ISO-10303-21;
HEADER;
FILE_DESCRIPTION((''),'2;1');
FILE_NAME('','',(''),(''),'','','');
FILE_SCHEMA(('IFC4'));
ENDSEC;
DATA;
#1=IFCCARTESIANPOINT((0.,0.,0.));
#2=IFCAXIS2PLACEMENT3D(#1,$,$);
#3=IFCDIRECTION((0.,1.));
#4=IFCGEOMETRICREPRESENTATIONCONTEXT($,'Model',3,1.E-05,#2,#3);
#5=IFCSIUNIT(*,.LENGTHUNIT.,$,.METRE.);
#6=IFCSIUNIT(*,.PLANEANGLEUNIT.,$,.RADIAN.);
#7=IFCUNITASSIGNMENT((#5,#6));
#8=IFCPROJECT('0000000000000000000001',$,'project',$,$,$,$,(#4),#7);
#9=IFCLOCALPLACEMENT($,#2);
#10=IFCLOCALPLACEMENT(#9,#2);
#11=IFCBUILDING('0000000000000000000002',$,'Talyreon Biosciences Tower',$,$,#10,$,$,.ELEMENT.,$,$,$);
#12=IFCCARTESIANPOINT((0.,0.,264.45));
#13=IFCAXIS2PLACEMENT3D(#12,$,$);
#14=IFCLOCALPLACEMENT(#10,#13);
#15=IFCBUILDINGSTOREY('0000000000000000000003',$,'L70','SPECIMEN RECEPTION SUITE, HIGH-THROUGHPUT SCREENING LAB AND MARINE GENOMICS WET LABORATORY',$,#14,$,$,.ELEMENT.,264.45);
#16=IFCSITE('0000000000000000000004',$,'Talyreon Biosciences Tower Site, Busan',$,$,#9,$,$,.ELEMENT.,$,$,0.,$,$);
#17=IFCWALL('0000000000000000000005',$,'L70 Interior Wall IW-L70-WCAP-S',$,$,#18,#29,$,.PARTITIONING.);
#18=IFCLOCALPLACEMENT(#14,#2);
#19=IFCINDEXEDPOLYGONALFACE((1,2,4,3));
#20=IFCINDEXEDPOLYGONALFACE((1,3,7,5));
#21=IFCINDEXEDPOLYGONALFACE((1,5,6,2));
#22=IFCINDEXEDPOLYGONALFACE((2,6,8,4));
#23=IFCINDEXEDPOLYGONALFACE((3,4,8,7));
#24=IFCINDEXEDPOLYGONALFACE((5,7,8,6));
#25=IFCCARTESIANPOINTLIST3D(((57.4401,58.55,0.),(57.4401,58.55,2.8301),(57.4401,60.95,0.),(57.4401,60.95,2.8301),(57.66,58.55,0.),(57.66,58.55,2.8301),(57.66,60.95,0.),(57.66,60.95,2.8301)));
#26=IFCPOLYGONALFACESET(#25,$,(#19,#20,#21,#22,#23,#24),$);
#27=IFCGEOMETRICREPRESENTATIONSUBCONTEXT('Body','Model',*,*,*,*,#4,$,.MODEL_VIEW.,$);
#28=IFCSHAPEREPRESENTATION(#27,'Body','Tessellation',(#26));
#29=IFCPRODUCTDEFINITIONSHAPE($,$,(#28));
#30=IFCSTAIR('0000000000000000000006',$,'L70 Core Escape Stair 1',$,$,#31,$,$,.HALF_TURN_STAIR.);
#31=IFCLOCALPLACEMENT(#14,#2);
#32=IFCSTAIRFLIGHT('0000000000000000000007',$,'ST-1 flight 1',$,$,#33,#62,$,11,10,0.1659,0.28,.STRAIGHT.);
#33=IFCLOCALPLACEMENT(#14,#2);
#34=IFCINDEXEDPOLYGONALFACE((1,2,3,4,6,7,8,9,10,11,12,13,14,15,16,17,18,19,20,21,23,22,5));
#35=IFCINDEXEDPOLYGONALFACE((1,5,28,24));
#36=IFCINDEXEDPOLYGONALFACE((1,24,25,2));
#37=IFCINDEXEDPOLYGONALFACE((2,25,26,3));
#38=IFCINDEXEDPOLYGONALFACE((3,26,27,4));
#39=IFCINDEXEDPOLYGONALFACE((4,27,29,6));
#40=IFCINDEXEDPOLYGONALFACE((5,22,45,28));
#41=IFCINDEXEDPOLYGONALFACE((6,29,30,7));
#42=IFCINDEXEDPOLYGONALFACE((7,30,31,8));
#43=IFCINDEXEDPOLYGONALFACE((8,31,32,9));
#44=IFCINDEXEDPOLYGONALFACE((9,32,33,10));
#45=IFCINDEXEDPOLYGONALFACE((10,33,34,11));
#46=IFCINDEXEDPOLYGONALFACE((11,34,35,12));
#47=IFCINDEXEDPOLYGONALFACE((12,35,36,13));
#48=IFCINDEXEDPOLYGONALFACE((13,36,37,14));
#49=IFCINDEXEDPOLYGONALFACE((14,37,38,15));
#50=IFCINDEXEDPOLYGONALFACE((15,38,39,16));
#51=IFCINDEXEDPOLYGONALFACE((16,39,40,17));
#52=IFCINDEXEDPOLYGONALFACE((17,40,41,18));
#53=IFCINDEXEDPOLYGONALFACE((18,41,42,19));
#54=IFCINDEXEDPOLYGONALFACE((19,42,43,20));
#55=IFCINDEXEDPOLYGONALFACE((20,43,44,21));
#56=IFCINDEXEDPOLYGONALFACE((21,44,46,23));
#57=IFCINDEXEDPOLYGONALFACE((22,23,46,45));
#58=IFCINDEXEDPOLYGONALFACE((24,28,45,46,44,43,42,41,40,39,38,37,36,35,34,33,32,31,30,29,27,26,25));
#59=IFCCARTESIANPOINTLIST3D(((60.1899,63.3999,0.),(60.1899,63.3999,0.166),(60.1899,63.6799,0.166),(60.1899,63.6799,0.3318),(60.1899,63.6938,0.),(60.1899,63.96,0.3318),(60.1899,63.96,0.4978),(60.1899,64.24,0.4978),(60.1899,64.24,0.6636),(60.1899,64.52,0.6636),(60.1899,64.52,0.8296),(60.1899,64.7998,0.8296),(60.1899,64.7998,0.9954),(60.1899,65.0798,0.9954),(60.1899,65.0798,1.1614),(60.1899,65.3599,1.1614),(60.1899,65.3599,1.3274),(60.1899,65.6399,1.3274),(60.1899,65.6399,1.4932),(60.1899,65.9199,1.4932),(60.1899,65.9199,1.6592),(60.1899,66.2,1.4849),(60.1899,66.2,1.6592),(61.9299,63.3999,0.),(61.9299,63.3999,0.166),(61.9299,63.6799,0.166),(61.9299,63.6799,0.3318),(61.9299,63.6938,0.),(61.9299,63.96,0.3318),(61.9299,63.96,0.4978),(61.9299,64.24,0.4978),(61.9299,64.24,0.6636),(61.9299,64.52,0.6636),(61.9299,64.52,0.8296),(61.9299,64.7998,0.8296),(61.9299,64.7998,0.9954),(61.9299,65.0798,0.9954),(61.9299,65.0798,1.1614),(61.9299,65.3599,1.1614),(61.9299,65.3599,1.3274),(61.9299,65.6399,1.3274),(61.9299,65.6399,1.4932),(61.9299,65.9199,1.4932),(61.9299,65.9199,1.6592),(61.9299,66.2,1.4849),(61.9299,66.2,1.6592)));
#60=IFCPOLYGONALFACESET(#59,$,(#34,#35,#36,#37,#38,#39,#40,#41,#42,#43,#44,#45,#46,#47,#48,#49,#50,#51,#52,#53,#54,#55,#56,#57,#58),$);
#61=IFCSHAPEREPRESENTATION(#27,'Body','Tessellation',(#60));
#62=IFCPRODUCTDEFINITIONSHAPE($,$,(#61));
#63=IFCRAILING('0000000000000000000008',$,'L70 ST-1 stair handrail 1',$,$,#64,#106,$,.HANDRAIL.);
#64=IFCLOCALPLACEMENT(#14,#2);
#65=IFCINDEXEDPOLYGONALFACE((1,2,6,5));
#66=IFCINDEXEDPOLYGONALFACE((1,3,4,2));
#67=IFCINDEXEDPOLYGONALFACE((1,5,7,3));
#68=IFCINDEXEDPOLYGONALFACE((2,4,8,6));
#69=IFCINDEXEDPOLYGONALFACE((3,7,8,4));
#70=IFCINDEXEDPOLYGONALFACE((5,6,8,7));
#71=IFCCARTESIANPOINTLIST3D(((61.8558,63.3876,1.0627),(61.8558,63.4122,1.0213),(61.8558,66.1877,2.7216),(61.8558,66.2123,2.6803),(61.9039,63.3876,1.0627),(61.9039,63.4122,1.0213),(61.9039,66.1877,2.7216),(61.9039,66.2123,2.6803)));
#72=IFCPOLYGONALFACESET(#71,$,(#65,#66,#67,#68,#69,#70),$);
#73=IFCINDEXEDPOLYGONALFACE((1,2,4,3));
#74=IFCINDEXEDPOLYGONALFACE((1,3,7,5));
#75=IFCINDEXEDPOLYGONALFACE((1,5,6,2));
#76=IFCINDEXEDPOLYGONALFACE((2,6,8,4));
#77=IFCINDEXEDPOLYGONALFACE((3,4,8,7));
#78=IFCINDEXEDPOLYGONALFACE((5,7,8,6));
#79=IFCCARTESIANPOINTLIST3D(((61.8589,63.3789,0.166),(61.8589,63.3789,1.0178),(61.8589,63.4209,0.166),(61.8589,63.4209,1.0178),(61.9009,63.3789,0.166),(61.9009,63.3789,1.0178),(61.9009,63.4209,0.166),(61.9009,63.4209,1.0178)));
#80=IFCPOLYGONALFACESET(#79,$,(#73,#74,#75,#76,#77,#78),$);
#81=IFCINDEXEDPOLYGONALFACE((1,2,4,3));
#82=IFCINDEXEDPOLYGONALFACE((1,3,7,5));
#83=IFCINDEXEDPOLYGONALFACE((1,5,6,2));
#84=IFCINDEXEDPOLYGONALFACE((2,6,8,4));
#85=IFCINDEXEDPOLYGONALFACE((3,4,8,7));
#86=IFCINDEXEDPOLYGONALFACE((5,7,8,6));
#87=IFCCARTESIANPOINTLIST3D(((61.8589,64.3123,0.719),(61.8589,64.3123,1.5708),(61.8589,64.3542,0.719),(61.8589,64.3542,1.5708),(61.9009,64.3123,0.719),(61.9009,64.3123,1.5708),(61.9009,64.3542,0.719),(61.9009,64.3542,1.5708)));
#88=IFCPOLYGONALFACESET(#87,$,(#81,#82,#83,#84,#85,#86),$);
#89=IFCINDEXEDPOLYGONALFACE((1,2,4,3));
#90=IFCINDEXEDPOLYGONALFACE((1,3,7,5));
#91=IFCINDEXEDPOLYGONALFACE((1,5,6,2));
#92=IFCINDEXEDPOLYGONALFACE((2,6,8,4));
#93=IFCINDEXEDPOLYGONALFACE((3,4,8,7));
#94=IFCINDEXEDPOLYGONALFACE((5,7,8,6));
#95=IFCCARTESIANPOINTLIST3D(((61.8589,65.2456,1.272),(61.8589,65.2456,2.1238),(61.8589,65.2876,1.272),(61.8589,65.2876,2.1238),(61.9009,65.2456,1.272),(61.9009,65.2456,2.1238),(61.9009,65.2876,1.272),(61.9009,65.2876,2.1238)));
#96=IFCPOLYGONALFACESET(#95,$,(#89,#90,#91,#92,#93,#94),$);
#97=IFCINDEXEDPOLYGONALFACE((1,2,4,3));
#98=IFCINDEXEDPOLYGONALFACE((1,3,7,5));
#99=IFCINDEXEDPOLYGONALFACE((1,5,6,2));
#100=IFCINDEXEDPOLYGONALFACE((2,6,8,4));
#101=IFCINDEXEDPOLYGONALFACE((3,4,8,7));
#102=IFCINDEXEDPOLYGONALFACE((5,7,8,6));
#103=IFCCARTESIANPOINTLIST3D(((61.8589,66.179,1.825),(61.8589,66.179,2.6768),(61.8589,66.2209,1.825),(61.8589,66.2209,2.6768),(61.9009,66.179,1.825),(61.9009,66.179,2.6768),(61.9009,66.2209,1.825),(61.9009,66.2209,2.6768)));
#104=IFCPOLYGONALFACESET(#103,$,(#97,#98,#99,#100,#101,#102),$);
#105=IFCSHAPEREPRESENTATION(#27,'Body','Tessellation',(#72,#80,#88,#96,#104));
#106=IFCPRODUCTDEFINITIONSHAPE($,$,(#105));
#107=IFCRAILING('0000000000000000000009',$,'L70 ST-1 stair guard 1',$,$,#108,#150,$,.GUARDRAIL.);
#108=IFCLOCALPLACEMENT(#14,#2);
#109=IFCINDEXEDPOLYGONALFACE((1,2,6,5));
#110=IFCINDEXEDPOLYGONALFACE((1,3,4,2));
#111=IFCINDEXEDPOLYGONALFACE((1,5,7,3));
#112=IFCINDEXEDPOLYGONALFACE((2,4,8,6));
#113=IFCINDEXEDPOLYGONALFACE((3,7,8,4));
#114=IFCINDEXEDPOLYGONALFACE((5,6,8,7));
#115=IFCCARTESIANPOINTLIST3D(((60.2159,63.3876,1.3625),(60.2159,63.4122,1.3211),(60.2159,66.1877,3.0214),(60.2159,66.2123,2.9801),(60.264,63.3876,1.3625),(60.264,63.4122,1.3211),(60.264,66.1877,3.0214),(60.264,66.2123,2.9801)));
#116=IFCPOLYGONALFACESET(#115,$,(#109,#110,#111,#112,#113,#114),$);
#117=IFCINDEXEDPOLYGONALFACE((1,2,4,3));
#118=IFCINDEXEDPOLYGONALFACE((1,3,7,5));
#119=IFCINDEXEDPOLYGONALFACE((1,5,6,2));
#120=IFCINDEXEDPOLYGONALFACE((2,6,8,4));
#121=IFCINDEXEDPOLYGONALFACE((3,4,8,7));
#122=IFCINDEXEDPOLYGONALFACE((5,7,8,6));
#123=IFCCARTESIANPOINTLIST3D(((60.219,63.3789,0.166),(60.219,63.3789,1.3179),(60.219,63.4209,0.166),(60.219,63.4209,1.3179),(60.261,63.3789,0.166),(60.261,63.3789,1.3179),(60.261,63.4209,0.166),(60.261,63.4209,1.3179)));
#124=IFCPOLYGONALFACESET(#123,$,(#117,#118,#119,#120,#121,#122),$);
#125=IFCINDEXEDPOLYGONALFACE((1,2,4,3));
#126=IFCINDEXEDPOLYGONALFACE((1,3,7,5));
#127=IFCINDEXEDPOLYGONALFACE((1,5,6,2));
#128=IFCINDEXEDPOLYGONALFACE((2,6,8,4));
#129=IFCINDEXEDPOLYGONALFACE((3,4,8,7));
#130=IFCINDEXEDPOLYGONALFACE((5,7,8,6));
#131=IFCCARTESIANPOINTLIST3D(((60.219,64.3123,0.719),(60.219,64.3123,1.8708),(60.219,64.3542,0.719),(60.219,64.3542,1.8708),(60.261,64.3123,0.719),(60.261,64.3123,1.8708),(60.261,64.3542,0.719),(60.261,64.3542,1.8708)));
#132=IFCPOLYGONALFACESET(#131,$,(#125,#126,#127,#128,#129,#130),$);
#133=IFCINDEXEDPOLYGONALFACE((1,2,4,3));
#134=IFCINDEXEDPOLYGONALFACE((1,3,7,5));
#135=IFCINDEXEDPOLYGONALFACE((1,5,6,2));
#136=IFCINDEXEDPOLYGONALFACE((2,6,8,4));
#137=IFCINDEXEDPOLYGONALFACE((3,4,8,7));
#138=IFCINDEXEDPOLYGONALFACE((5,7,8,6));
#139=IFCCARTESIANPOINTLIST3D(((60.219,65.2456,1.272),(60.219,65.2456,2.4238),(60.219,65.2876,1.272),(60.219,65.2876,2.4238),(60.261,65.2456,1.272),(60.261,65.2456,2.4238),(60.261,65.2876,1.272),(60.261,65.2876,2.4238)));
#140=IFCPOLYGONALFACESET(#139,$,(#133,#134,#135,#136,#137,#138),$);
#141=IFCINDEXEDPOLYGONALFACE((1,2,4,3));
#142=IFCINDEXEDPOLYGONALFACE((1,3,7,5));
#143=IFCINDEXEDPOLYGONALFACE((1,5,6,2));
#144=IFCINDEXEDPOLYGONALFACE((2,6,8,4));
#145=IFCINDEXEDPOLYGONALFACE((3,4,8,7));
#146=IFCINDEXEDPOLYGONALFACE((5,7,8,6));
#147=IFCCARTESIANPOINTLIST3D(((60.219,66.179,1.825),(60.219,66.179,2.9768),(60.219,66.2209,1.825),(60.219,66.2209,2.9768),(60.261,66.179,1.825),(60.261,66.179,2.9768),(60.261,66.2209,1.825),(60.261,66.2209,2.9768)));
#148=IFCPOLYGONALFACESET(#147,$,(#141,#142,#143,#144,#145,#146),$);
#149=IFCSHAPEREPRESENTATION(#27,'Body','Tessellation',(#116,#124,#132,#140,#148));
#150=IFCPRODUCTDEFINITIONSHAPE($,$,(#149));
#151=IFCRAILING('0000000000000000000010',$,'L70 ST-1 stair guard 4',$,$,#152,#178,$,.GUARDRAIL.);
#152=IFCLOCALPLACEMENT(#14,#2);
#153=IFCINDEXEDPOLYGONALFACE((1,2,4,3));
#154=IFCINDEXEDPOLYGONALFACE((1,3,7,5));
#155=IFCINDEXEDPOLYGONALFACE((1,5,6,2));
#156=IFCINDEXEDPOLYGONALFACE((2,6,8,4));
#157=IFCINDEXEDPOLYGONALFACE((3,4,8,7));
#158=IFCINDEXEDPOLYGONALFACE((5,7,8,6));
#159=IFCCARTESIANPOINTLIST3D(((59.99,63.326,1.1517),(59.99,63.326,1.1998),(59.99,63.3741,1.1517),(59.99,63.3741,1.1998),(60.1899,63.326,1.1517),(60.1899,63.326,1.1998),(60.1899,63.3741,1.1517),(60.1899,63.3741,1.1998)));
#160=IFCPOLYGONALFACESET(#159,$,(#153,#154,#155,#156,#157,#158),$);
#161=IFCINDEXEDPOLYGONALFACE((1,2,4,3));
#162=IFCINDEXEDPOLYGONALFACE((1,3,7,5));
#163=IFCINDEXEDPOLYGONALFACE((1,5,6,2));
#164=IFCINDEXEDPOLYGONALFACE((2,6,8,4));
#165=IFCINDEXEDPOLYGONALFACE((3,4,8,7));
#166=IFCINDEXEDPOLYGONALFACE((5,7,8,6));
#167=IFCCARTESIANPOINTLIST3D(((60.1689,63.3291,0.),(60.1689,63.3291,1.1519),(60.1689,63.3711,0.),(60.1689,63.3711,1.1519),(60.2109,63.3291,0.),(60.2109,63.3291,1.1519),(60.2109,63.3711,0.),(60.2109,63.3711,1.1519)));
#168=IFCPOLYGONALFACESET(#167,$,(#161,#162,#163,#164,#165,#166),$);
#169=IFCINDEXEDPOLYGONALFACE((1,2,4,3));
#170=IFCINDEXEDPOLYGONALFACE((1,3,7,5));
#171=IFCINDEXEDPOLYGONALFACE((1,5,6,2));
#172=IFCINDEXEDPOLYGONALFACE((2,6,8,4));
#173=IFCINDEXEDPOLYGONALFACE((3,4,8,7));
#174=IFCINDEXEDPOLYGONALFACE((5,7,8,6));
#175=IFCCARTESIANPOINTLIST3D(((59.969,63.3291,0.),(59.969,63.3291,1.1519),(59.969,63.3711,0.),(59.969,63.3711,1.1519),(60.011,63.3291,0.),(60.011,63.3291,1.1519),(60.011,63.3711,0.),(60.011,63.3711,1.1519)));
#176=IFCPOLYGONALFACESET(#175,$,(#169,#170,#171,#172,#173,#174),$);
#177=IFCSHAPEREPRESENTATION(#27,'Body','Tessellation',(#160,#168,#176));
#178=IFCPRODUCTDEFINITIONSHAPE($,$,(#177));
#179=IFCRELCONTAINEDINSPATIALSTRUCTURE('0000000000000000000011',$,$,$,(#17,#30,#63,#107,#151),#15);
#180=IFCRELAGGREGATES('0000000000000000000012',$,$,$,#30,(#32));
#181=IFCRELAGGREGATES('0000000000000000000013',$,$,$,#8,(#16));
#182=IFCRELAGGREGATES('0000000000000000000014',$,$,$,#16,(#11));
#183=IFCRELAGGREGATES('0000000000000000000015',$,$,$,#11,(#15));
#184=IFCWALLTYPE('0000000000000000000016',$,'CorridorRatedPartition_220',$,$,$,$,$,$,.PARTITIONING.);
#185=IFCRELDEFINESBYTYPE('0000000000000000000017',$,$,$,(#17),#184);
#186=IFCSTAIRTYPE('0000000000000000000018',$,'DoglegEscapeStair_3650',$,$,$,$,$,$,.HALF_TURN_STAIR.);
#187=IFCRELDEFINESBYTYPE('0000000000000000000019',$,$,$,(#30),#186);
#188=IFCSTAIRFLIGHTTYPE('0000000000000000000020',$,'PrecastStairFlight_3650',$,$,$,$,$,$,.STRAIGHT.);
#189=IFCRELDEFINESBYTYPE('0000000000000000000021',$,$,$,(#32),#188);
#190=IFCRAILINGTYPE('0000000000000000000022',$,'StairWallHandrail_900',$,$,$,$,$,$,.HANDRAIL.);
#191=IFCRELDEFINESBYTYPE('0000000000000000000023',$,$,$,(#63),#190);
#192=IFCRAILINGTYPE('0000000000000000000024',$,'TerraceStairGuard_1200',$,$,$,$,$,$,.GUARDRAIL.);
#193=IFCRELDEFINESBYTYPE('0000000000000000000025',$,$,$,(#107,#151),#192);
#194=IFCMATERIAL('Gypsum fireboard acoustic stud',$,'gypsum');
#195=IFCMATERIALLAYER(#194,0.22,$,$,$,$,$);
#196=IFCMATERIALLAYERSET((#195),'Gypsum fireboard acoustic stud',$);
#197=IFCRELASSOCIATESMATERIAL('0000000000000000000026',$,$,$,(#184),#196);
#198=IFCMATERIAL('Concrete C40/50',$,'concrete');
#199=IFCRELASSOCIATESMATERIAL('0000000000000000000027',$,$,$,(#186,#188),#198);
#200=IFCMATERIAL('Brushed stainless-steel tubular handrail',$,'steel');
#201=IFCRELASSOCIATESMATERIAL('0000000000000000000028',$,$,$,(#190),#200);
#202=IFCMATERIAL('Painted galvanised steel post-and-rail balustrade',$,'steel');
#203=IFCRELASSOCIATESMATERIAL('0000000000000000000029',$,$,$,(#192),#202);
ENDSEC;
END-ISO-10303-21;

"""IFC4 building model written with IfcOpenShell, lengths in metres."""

from ifc_helpers import new_model, si_unit, direction, frame, frame_2d, origin, origin_2d, place, context, subcontext, project, spatial, polyline, rectangle, outline, extrude, material, layer, layer_set, type_object, element, aggregate, save


model = new_model("IFC4")

# Units and contexts
model_context = context("Model", 3, precision=1e-05, world=origin(), true_north=direction((0.0, 1.0)))
body_context = subcontext(model_context, "Body", "Model", "MODEL_VIEW")
ifc_project = project(units=[si_unit("LENGTHUNIT", "METRE"), si_unit("PLANEANGLEUNIT", "RADIAN")], contexts=[model_context])

# Site, building, storey
site_placement = place(None, origin())
site = spatial("IfcSite", under=ifc_project, at=site_placement, Name="Talyreon Biosciences Tower Site, Busan", CompositionType="ELEMENT", RefElevation=0.0)
building_placement = place(site_placement, origin())
building = spatial("IfcBuilding", under=site, at=building_placement, Name="Talyreon Biosciences Tower", CompositionType="ELEMENT")
storey_placement = place(building_placement, frame((0.0, 0.0, 264.45)))
storey = spatial("IfcBuildingStorey", under=building, at=storey_placement, Name="L70", Description="SPECIMEN RECEPTION SUITE, HIGH-THROUGHPUT SCREENING LAB AND MARINE GENOMICS WET LABORATORY", CompositionType="ELEMENT", Elevation=264.45)

# Shared definitions
ifc_material_1 = material(Name="Gypsum fireboard acoustic stud", Category="gypsum")
ifc_layer_1 = layer(ifc_material_1, 0.22)
ifc_layer_set_1 = layer_set([ifc_layer_1], Name="Gypsum fireboard acoustic stud")
wall_type_1 = type_object("IfcWallType", Name="CorridorRatedPartition_220", PredefinedType="PARTITIONING", material=ifc_layer_set_1)

# Wall
wall_1_placement = place(storey_placement, frame((57.55, 58.55, 0.0), z_axis=(0.0, 0.0, 1.0), x_axis=(0.0, 1.0, 0.0)))
element("IfcWall", 1, at=wall_1_placement, inside=storey, type_object=wall_type_1, Name="L70 Interior Wall IW-L70-WCAP-S", PredefinedType="PARTITIONING", context=body_context, shape_type="SweptSolid", body=[
    extrude(rectangle(XDim=2.3999, YDim=0.22, at=frame_2d((1.2, 0.0))), origin(), (0.0, 0.0, 1.0), 2.8301),
])

# Stair, stair flight
ifc_material_2 = material(Name="Concrete C40/50", Category="concrete")
stair_type = type_object("IfcStairType", Name="DoglegEscapeStair_3650", PredefinedType="HALF_TURN_STAIR", material=ifc_material_2)
stair_placement = place(storey_placement, origin())
stair = element("IfcStair", 2, at=stair_placement, inside=storey, type_object=stair_type, Name="L70 Core Escape Stair 1", PredefinedType="HALF_TURN_STAIR")
stair_flight_type = type_object("IfcStairFlightType", Name="PrecastStairFlight_3650", PredefinedType="STRAIGHT", material=ifc_material_2)
stair_flight_placement = place(storey_placement, frame((61.0601, 63.3999, 0.0), z_axis=(0.0, 0.0, 1.0), x_axis=(0.0, 1.0, 0.0)))
stair_flight = element("IfcStairFlight", 3, at=stair_flight_placement, type_object=stair_flight_type, Name="ST-1 flight 1", NumberOfRisers=11, NumberOfTreads=10, PredefinedType="STRAIGHT", RiserHeight=0.1659, TreadLength=0.28, context=body_context, shape_type="SweptSolid", body=[
    extrude(outline(polyline([(0.0, 0.0), (0.0, 0.166), (0.28, 0.166), (0.28, 0.3318), (0.5601, 0.3318), (0.5601, 0.4978), (0.8401, 0.4978), (0.8401, 0.6636), (1.1201, 0.6636), (1.1201, 0.8296), (1.3999, 0.8296), (1.3999, 0.9954), (1.6799, 0.9954), (1.6799, 1.1614), (1.96, 1.1614), (1.96, 1.3274), (2.24, 1.3274), (2.24, 1.4932), (2.52, 1.4932), (2.52, 1.6592), (2.8, 1.6592), (2.8, 1.825), (2.8, 1.4849), (0.2939, 0.0), (0.0, 0.0)])), frame((0.0, 0.8701, 0.0), z_axis=(0.0, -1.0, 0.0), x_axis=(1.0, 0.0, 0.0)), (0.0, 0.0, 1.0), 1.74),
])
aggregate(stair, [stair_flight])

# Railings
ifc_material_3 = material(Name="Brushed stainless-steel tubular handrail", Category="steel")
railing_type_1 = type_object("IfcRailingType", Name="StairWallHandrail_900", PredefinedType="HANDRAIL", material=ifc_material_3)
railing_1_placement = place(storey_placement, frame((61.8799, 63.3999, 0.166)))
element("IfcRailing", 4, at=railing_1_placement, inside=storey, type_object=railing_type_1, Name="L70 ST-1 stair handrail 1", PredefinedType="HANDRAIL", context=body_context, shape_type="SweptSolid", body=[
    extrude(rectangle(XDim=0.0481, YDim=0.0481, at=origin_2d()), frame((0.0, 0.0, 0.876), z_axis=(0.0, 0.860339, 0.509722), x_axis=(-1.0, 0.0, 0.0)), (0.0, 0.0, 1.0), 3.2546),
    extrude(rectangle(XDim=0.042, YDim=0.042, at=origin_2d()), origin(), (0.0, 0.0, 1.0), 0.8518),
    extrude(rectangle(XDim=0.042, YDim=0.042, at=origin_2d()), frame((0.0, 0.9333, 0.553)), (0.0, 0.0, 1.0), 0.8518),
    extrude(rectangle(XDim=0.042, YDim=0.042, at=origin_2d()), frame((0.0, 1.8667, 1.106)), (0.0, 0.0, 1.0), 0.8518),
    extrude(rectangle(XDim=0.042, YDim=0.042, at=origin_2d()), frame((0.0, 2.8, 1.6589)), (0.0, 0.0, 1.0), 0.8518),
])
ifc_material_4 = material(Name="Painted galvanised steel post-and-rail balustrade", Category="steel")
railing_type_2 = type_object("IfcRailingType", Name="TerraceStairGuard_1200", PredefinedType="GUARDRAIL", material=ifc_material_4)
railing_2_placement = place(storey_placement, frame((60.24, 63.3999, 0.166)))
element("IfcRailing", 5, at=railing_2_placement, inside=storey, type_object=railing_type_2, Name="L70 ST-1 stair guard 1", PredefinedType="GUARDRAIL", context=body_context, shape_type="SweptSolid", body=[
    extrude(rectangle(XDim=0.0481, YDim=0.0481, at=origin_2d()), frame((0.0, 0.0, 1.1758), z_axis=(0.0, 0.860339, 0.509722), x_axis=(-1.0, 0.0, 0.0)), (0.0, 0.0, 1.0), 3.2546),
    extrude(rectangle(XDim=0.042, YDim=0.042, at=origin_2d()), origin(), (0.0, 0.0, 1.0), 1.1519),
    extrude(rectangle(XDim=0.042, YDim=0.042, at=origin_2d()), frame((0.0, 0.9333, 0.553)), (0.0, 0.0, 1.0), 1.1519),
    extrude(rectangle(XDim=0.042, YDim=0.042, at=origin_2d()), frame((0.0, 1.8667, 1.106)), (0.0, 0.0, 1.0), 1.1519),
    extrude(rectangle(XDim=0.042, YDim=0.042, at=origin_2d()), frame((0.0, 2.8, 1.6589)), (0.0, 0.0, 1.0), 1.1519),
])
railing_3_placement = place(storey_placement, frame((60.1899, 63.3501, 0.0)))
element("IfcRailing", 6, at=railing_3_placement, inside=storey, type_object=railing_type_2, Name="L70 ST-1 stair guard 4", PredefinedType="GUARDRAIL", context=body_context, shape_type="SweptSolid", body=[
    extrude(rectangle(XDim=0.0481, YDim=0.0481, at=origin_2d()), frame((0.0, 0.0, 1.1758), z_axis=(-1.0, 0.0, 0.0), x_axis=(0.0, -1.0, 0.0)), (0.0, 0.0, 1.0), 0.2),
    extrude(rectangle(XDim=0.042, YDim=0.042, at=origin_2d()), origin(), (0.0, 0.0, 1.0), 1.1519),
    extrude(rectangle(XDim=0.042, YDim=0.042, at=origin_2d()), frame((-0.2, 0.0, 0.0)), (0.0, 0.0, 1.0), 1.1519),
])

save(model, "model.ifc")
